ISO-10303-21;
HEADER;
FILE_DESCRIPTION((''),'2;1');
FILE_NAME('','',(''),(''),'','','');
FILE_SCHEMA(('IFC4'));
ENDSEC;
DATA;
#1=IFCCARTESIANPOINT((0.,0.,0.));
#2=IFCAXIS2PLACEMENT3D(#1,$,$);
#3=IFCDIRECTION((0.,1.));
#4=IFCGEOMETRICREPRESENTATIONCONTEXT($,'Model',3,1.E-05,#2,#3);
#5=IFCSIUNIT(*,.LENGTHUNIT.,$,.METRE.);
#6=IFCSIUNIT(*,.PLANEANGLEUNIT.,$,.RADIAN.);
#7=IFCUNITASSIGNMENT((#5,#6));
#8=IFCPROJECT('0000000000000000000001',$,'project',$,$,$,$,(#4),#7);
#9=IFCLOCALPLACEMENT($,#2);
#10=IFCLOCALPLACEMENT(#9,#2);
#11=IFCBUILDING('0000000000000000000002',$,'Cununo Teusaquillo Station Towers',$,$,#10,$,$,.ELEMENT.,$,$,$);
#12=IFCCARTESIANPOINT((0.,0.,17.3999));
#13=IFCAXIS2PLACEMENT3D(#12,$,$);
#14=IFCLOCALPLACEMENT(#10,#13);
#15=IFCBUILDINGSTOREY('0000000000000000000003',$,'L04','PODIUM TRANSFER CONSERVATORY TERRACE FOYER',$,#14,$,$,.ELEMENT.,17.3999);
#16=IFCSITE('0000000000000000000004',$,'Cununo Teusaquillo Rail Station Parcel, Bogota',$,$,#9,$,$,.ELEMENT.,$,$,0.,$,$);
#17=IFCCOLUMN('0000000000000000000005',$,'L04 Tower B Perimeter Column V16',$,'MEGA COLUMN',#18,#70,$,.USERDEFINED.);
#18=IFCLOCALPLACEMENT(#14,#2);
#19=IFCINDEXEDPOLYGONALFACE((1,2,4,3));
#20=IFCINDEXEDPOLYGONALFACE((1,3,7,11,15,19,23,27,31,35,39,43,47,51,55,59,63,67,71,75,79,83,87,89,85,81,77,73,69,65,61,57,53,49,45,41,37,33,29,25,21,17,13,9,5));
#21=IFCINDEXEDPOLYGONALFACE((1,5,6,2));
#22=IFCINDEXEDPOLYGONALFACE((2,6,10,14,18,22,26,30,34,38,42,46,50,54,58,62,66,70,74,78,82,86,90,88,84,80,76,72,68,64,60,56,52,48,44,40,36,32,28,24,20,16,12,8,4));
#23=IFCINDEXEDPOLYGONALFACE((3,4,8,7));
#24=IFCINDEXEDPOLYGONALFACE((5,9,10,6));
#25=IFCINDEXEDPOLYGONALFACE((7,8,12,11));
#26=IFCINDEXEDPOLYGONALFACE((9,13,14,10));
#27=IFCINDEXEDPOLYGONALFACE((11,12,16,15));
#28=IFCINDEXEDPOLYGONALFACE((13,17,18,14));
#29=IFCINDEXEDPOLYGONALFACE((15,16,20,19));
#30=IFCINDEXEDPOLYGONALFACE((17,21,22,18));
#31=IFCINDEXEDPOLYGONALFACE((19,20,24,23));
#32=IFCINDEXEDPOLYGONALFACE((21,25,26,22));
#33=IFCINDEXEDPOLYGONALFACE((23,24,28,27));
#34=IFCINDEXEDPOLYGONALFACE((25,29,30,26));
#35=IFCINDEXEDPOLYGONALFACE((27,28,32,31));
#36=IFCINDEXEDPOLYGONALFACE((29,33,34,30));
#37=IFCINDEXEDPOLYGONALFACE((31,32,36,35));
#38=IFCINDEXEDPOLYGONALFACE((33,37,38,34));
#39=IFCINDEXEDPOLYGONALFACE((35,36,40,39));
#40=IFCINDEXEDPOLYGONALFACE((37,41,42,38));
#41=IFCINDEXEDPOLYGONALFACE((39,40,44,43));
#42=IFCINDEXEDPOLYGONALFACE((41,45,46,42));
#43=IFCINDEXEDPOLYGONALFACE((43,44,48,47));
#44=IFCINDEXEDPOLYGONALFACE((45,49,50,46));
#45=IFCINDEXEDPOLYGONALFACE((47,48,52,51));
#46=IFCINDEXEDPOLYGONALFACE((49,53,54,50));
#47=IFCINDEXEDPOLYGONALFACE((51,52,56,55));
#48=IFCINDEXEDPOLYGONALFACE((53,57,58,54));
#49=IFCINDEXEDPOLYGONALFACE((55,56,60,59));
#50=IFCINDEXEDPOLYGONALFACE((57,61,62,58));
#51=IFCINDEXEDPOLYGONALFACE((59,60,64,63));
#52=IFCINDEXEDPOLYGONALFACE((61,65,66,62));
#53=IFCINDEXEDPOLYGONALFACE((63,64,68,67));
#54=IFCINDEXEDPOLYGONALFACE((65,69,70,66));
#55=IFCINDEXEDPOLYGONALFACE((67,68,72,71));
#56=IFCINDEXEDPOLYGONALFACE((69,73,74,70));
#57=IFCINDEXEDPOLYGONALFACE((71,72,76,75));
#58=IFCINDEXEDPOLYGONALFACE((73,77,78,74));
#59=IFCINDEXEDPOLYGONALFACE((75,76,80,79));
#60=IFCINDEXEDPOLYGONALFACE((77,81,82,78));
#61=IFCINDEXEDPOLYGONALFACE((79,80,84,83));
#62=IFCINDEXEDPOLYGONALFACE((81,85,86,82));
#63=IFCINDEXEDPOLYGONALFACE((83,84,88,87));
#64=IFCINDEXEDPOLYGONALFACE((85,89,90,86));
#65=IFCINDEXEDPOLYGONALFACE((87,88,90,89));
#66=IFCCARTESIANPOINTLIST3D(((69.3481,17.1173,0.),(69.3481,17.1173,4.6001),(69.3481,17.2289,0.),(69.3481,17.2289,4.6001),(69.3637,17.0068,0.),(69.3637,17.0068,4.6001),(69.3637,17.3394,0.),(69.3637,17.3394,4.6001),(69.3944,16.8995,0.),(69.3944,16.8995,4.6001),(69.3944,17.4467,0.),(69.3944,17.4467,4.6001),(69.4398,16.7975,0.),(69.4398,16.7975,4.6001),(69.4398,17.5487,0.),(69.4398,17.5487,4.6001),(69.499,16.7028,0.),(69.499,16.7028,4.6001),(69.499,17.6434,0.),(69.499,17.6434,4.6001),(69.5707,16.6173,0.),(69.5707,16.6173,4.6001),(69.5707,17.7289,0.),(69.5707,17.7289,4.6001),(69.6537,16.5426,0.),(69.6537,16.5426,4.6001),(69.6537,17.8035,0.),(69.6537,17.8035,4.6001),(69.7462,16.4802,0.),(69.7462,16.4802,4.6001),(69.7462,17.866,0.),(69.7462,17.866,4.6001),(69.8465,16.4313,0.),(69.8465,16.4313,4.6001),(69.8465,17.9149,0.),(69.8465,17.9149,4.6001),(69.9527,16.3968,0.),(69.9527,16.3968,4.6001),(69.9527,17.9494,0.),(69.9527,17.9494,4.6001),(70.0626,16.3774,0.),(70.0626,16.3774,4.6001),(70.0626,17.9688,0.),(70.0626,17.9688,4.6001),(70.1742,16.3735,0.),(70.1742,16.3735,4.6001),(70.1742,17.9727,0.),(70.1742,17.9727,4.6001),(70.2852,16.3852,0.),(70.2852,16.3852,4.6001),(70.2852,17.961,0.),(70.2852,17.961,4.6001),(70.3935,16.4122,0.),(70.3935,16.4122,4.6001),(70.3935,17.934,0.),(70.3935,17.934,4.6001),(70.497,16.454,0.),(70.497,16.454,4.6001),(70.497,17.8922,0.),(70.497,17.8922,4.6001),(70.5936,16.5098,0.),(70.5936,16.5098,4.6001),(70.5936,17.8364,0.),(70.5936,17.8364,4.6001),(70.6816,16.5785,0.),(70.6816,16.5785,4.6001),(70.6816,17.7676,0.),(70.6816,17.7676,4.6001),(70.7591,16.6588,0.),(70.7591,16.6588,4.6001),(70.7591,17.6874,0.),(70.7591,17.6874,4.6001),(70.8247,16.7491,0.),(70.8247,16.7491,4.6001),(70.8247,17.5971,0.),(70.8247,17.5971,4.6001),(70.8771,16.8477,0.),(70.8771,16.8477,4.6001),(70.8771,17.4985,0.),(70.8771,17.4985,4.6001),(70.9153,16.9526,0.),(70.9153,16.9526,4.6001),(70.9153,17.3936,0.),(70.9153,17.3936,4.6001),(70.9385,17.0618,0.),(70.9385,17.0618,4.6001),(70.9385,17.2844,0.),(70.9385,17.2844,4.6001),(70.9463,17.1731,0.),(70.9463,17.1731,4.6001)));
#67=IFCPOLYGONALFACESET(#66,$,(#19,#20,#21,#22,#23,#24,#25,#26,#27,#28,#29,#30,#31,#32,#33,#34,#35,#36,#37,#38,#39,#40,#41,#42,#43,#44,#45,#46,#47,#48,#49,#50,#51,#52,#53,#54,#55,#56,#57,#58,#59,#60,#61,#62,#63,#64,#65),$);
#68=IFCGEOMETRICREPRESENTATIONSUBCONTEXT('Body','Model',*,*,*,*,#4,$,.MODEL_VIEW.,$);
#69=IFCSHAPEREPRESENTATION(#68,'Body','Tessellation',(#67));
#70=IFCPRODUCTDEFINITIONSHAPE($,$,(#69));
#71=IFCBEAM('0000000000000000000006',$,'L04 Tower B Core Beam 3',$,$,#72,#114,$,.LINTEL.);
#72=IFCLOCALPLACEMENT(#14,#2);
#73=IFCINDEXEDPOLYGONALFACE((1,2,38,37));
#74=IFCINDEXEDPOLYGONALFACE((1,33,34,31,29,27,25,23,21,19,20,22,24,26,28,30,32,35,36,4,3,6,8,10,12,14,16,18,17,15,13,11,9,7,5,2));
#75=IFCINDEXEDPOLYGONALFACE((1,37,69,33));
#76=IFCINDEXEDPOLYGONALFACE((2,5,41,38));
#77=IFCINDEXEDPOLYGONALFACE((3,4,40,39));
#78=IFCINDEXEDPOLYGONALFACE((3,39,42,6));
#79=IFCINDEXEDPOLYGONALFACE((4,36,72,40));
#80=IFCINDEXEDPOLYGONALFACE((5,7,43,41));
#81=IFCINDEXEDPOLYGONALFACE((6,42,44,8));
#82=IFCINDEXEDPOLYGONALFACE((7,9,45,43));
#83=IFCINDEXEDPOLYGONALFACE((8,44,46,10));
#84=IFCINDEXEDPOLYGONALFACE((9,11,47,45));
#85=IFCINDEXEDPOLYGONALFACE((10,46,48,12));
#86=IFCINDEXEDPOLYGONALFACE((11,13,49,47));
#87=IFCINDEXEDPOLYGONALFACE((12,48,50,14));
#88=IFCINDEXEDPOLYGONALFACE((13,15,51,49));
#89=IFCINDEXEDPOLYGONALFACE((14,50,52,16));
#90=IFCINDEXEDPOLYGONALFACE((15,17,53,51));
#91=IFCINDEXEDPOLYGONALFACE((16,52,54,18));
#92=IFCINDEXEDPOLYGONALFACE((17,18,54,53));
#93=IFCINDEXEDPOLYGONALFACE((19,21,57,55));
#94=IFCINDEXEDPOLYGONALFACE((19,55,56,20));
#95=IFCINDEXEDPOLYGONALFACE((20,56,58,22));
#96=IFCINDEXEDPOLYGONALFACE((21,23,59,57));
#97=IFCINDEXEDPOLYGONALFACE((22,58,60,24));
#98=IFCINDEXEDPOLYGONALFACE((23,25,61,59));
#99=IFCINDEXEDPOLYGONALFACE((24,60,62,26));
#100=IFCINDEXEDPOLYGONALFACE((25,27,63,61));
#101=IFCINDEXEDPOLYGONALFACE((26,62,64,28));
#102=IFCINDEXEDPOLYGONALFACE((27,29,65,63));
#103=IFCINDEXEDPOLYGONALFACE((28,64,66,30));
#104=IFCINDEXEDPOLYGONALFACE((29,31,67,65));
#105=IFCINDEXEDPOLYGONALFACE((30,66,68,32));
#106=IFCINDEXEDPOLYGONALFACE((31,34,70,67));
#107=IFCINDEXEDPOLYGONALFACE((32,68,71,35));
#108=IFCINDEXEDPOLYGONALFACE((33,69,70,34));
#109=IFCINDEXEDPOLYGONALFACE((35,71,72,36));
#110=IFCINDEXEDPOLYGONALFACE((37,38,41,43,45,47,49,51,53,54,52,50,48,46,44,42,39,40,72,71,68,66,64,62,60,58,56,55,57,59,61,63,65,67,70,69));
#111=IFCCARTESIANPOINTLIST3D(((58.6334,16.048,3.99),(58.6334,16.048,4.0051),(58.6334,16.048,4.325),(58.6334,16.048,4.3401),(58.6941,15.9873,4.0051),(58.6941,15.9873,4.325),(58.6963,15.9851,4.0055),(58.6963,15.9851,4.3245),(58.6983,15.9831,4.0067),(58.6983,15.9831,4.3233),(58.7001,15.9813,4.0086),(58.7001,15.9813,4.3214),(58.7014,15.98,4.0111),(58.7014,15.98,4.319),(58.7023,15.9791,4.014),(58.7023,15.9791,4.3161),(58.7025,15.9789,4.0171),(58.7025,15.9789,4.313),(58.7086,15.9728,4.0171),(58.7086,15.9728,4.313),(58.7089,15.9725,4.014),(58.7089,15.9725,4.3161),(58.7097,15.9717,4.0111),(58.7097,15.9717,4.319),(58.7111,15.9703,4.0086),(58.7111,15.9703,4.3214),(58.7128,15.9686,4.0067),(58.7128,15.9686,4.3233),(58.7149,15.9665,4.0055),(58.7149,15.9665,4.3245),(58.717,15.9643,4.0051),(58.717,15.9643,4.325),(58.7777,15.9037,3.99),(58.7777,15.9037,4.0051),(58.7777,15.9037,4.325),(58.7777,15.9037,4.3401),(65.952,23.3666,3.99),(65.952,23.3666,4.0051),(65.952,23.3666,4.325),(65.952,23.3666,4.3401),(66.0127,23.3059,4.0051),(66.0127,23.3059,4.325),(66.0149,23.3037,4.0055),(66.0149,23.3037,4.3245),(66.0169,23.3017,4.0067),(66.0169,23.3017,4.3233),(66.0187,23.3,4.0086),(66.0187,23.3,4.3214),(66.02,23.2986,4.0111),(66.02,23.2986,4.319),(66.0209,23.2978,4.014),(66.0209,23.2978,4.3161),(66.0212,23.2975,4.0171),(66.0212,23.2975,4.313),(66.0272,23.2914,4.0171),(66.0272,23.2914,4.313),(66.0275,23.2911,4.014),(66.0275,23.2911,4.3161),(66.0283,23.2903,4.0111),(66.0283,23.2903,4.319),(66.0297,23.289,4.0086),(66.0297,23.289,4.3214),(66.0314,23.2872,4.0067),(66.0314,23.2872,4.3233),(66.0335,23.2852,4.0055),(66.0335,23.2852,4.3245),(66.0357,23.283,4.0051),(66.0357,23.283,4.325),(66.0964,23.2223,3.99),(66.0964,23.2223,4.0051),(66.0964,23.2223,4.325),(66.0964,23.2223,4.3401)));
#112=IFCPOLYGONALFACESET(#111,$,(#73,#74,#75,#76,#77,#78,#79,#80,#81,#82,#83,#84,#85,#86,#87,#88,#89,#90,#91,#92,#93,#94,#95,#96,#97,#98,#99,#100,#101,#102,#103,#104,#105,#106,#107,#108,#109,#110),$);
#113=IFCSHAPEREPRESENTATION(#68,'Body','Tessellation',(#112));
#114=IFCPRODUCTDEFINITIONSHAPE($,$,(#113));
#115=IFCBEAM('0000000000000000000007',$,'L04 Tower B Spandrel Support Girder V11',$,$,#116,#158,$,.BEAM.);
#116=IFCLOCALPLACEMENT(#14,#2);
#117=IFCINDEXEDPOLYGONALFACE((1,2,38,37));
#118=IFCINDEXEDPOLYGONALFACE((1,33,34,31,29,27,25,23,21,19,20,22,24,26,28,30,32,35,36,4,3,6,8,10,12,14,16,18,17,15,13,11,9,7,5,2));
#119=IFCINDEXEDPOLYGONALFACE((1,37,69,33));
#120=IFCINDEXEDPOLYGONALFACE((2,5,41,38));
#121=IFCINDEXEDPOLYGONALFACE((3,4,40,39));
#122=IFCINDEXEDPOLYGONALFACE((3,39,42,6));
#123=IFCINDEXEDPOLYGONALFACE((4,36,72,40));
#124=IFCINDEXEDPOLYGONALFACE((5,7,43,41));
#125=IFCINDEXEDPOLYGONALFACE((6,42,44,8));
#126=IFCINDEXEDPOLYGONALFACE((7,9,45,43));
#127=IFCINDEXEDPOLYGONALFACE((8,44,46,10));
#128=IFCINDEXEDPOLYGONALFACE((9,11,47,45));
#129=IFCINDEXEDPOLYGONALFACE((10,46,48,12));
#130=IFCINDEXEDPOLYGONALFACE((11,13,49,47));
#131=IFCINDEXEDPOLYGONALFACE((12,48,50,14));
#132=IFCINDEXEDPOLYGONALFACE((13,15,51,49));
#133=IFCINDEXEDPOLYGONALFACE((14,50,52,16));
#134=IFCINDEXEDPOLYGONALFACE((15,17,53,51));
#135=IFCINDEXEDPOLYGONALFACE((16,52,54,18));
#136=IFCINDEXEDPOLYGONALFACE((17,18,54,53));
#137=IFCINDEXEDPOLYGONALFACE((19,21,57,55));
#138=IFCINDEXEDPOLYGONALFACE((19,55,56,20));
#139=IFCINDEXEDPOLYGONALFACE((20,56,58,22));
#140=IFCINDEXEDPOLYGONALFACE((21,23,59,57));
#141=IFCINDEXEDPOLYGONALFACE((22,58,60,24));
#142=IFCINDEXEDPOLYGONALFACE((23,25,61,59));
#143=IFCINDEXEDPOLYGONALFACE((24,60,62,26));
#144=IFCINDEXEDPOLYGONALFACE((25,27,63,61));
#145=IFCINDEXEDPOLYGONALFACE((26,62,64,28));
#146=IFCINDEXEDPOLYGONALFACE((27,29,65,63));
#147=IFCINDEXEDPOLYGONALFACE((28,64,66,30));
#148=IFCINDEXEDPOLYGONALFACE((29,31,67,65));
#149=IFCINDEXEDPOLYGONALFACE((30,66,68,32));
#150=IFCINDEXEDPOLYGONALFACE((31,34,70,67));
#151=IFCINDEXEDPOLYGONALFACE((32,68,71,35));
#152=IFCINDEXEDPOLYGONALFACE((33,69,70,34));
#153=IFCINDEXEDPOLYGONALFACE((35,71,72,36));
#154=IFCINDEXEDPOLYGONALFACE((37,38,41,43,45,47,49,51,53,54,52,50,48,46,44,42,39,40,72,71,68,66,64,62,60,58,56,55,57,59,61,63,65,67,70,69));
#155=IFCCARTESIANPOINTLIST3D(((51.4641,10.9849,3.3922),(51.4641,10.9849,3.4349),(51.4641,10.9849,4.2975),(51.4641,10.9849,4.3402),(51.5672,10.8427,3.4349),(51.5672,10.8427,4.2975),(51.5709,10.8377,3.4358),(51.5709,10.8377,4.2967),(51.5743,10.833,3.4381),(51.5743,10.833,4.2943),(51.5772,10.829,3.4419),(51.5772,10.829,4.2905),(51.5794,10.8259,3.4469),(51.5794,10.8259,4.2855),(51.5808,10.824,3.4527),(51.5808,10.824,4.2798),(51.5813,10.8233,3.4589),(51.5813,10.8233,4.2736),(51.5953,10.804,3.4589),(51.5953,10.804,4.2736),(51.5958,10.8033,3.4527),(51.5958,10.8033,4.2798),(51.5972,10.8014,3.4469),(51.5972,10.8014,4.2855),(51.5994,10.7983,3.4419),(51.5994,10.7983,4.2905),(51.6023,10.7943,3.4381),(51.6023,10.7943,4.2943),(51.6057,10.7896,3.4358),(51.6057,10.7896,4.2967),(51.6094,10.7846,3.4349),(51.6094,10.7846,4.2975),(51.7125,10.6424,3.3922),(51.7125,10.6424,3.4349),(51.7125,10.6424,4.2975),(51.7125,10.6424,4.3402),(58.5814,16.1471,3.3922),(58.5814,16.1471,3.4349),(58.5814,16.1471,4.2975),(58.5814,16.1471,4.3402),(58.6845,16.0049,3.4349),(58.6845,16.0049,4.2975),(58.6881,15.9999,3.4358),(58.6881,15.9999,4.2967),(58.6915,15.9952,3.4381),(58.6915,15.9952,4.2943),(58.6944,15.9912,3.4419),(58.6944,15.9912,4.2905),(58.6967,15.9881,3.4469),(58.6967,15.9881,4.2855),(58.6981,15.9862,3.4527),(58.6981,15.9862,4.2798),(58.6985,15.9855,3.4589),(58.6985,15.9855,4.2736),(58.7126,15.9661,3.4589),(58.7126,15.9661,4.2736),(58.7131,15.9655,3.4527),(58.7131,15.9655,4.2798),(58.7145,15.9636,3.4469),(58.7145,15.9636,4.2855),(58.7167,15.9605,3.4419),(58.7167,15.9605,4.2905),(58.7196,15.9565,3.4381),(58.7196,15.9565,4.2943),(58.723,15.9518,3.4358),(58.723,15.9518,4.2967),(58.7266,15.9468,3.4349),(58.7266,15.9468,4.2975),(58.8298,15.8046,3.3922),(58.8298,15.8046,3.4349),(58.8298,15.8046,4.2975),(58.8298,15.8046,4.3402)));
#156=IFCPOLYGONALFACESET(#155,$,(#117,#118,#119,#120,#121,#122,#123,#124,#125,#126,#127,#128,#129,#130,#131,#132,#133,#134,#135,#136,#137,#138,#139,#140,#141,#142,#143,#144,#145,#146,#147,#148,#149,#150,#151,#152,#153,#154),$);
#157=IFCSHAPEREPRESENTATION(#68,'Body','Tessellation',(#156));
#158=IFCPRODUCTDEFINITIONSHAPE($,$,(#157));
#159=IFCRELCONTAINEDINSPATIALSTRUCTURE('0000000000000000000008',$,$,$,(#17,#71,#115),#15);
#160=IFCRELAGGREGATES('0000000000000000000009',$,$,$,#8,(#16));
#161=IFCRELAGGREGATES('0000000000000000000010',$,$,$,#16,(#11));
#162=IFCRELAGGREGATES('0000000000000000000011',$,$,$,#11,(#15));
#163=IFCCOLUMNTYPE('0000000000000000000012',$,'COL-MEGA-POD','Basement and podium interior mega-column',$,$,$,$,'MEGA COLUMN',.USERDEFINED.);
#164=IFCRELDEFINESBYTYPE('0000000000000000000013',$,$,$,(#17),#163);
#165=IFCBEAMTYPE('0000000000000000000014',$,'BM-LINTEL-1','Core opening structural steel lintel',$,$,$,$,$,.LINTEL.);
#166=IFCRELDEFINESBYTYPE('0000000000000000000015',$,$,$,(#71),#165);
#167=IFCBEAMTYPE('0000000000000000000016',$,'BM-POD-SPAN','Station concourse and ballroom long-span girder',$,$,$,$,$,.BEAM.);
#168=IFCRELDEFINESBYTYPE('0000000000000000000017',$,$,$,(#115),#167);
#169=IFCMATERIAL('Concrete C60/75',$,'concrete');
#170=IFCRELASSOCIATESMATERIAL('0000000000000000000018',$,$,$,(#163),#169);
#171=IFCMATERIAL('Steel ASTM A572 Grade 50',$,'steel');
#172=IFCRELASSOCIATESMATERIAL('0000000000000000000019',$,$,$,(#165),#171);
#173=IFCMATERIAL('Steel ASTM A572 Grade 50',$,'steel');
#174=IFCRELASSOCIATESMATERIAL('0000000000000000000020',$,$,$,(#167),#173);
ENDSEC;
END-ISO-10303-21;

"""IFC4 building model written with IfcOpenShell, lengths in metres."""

from ifc_helpers import new_model, si_unit, direction, frame, origin, origin_2d, place, context, subcontext, project, spatial, circle, i_section, extrude, material, material_profile, profile_set, type_object, element, save


model = new_model("IFC4")

# Units and contexts
model_context = context("Model", 3, precision=1e-05, world=origin(), true_north=direction((0.0, 1.0)))
body_context = subcontext(model_context, "Body", "Model", "MODEL_VIEW")
ifc_project = project(units=[si_unit("LENGTHUNIT", "METRE"), si_unit("PLANEANGLEUNIT", "RADIAN")], contexts=[model_context])

# Site, building, storey
site_placement = place(None, origin())
site = spatial("IfcSite", under=ifc_project, at=site_placement, Name="Cununo Teusaquillo Rail Station Parcel, Bogota", CompositionType="ELEMENT", RefElevation=0.0)
building_placement = place(site_placement, origin())
building = spatial("IfcBuilding", under=site, at=building_placement, Name="Cununo Teusaquillo Station Towers", CompositionType="ELEMENT")
storey_placement = place(building_placement, frame((0.0, 0.0, 17.3999)))
storey = spatial("IfcBuildingStorey", under=building, at=storey_placement, Name="L04", Description="PODIUM TRANSFER CONSERVATORY TERRACE FOYER", CompositionType="ELEMENT", Elevation=17.3999)

# Column
ifc_material_1 = material(Name="Concrete C60/75", Category="concrete")
ifc_material_profile_1 = material_profile(ifc_material_1, circle(Radius=0.8, at=origin_2d()), Name="RC-CIRC-1600")
ifc_profile_set_1 = profile_set([ifc_material_profile_1], Name="Concrete C60/75")
column_type = type_object("IfcColumnType", Name="COL-MEGA-POD", Description="Basement and podium interior mega-column", ElementType="MEGA COLUMN", PredefinedType="USERDEFINED", material=ifc_profile_set_1)
column_placement = place(storey_placement, frame((70.1462, 17.1731, 0.0), z_axis=(0.0, 0.0, 1.0), x_axis=(1.0, 0.0, 0.0)))
element("IfcColumn", 1, at=column_placement, inside=storey, type_object=column_type, Name="L04 Tower B Perimeter Column V16", ObjectType="MEGA COLUMN", PredefinedType="USERDEFINED", context=body_context, shape_type="SweptSolid", body=[
    extrude(circle(Radius=0.8, at=origin_2d()), origin(), (0.0, 0.0, 1.0), 4.6001),
])

# Beams
ifc_material_2 = material(Name="Steel ASTM A572 Grade 50", Category="steel")
ifc_material_profile_2 = material_profile(ifc_material_2, i_section(OverallWidth=0.2041, OverallDepth=0.3501, WebThickness=0.0085, FlangeThickness=0.0151, FilletRadius=0.012, at=origin_2d()), Name="W14X48")
ifc_profile_set_2 = profile_set([ifc_material_profile_2], Name="Steel ASTM A572 Grade 50")
beam_type_1 = type_object("IfcBeamType", Name="BM-LINTEL-1", Description="Core opening structural steel lintel", PredefinedType="LINTEL", material=ifc_profile_set_2)
beam_1_placement = place(storey_placement, frame((58.7056, 15.9758, 4.165), z_axis=(0.707107, 0.707107, 0.0), x_axis=(-0.707107, 0.707107, 0.0)))
element("IfcBeam", 2, at=beam_1_placement, inside=storey, type_object=beam_type_1, Name="L04 Tower B Core Beam 3", PredefinedType="LINTEL", context=body_context, shape_type="SweptSolid", body=[
    extrude(i_section(OverallWidth=0.2041, OverallDepth=0.3501, WebThickness=0.0085, FlangeThickness=0.0151, FilletRadius=0.012, at=origin_2d()), origin(), (0.0, 0.0, 1.0), 10.3501),
])
ifc_material_3 = material(Name="Steel ASTM A572 Grade 50", Category="steel")
ifc_material_profile_3 = material_profile(ifc_material_3, i_section(OverallWidth=0.4231, OverallDepth=0.948, WebThickness=0.0239, FlangeThickness=0.0427, FilletRadius=0.0239, at=origin_2d()), Name="W36X302")
ifc_profile_set_3 = profile_set([ifc_material_profile_3], Name="Steel ASTM A572 Grade 50")
beam_type_2 = type_object("IfcBeamType", Name="BM-POD-SPAN", Description="Station concourse and ballroom long-span girder", PredefinedType="BEAM", material=ifc_profile_set_3)
beam_2_placement = place(storey_placement, frame((58.7056, 15.9758, 3.8662), z_axis=(-0.809494, -0.587128, 0.0), x_axis=(0.587128, -0.809494, 0.0)))
element("IfcBeam", 3, at=beam_2_placement, inside=storey, type_object=beam_type_2, Name="L04 Tower B Spandrel Support Girder V11", PredefinedType="BEAM", context=body_context, shape_type="SweptSolid", body=[
    extrude(i_section(OverallWidth=0.4231, OverallDepth=0.948, WebThickness=0.0239, FlangeThickness=0.0427, FilletRadius=0.0239, at=origin_2d()), origin(), (0.0, 0.0, 1.0), 8.7922),
])

save(model, "model.ifc")
